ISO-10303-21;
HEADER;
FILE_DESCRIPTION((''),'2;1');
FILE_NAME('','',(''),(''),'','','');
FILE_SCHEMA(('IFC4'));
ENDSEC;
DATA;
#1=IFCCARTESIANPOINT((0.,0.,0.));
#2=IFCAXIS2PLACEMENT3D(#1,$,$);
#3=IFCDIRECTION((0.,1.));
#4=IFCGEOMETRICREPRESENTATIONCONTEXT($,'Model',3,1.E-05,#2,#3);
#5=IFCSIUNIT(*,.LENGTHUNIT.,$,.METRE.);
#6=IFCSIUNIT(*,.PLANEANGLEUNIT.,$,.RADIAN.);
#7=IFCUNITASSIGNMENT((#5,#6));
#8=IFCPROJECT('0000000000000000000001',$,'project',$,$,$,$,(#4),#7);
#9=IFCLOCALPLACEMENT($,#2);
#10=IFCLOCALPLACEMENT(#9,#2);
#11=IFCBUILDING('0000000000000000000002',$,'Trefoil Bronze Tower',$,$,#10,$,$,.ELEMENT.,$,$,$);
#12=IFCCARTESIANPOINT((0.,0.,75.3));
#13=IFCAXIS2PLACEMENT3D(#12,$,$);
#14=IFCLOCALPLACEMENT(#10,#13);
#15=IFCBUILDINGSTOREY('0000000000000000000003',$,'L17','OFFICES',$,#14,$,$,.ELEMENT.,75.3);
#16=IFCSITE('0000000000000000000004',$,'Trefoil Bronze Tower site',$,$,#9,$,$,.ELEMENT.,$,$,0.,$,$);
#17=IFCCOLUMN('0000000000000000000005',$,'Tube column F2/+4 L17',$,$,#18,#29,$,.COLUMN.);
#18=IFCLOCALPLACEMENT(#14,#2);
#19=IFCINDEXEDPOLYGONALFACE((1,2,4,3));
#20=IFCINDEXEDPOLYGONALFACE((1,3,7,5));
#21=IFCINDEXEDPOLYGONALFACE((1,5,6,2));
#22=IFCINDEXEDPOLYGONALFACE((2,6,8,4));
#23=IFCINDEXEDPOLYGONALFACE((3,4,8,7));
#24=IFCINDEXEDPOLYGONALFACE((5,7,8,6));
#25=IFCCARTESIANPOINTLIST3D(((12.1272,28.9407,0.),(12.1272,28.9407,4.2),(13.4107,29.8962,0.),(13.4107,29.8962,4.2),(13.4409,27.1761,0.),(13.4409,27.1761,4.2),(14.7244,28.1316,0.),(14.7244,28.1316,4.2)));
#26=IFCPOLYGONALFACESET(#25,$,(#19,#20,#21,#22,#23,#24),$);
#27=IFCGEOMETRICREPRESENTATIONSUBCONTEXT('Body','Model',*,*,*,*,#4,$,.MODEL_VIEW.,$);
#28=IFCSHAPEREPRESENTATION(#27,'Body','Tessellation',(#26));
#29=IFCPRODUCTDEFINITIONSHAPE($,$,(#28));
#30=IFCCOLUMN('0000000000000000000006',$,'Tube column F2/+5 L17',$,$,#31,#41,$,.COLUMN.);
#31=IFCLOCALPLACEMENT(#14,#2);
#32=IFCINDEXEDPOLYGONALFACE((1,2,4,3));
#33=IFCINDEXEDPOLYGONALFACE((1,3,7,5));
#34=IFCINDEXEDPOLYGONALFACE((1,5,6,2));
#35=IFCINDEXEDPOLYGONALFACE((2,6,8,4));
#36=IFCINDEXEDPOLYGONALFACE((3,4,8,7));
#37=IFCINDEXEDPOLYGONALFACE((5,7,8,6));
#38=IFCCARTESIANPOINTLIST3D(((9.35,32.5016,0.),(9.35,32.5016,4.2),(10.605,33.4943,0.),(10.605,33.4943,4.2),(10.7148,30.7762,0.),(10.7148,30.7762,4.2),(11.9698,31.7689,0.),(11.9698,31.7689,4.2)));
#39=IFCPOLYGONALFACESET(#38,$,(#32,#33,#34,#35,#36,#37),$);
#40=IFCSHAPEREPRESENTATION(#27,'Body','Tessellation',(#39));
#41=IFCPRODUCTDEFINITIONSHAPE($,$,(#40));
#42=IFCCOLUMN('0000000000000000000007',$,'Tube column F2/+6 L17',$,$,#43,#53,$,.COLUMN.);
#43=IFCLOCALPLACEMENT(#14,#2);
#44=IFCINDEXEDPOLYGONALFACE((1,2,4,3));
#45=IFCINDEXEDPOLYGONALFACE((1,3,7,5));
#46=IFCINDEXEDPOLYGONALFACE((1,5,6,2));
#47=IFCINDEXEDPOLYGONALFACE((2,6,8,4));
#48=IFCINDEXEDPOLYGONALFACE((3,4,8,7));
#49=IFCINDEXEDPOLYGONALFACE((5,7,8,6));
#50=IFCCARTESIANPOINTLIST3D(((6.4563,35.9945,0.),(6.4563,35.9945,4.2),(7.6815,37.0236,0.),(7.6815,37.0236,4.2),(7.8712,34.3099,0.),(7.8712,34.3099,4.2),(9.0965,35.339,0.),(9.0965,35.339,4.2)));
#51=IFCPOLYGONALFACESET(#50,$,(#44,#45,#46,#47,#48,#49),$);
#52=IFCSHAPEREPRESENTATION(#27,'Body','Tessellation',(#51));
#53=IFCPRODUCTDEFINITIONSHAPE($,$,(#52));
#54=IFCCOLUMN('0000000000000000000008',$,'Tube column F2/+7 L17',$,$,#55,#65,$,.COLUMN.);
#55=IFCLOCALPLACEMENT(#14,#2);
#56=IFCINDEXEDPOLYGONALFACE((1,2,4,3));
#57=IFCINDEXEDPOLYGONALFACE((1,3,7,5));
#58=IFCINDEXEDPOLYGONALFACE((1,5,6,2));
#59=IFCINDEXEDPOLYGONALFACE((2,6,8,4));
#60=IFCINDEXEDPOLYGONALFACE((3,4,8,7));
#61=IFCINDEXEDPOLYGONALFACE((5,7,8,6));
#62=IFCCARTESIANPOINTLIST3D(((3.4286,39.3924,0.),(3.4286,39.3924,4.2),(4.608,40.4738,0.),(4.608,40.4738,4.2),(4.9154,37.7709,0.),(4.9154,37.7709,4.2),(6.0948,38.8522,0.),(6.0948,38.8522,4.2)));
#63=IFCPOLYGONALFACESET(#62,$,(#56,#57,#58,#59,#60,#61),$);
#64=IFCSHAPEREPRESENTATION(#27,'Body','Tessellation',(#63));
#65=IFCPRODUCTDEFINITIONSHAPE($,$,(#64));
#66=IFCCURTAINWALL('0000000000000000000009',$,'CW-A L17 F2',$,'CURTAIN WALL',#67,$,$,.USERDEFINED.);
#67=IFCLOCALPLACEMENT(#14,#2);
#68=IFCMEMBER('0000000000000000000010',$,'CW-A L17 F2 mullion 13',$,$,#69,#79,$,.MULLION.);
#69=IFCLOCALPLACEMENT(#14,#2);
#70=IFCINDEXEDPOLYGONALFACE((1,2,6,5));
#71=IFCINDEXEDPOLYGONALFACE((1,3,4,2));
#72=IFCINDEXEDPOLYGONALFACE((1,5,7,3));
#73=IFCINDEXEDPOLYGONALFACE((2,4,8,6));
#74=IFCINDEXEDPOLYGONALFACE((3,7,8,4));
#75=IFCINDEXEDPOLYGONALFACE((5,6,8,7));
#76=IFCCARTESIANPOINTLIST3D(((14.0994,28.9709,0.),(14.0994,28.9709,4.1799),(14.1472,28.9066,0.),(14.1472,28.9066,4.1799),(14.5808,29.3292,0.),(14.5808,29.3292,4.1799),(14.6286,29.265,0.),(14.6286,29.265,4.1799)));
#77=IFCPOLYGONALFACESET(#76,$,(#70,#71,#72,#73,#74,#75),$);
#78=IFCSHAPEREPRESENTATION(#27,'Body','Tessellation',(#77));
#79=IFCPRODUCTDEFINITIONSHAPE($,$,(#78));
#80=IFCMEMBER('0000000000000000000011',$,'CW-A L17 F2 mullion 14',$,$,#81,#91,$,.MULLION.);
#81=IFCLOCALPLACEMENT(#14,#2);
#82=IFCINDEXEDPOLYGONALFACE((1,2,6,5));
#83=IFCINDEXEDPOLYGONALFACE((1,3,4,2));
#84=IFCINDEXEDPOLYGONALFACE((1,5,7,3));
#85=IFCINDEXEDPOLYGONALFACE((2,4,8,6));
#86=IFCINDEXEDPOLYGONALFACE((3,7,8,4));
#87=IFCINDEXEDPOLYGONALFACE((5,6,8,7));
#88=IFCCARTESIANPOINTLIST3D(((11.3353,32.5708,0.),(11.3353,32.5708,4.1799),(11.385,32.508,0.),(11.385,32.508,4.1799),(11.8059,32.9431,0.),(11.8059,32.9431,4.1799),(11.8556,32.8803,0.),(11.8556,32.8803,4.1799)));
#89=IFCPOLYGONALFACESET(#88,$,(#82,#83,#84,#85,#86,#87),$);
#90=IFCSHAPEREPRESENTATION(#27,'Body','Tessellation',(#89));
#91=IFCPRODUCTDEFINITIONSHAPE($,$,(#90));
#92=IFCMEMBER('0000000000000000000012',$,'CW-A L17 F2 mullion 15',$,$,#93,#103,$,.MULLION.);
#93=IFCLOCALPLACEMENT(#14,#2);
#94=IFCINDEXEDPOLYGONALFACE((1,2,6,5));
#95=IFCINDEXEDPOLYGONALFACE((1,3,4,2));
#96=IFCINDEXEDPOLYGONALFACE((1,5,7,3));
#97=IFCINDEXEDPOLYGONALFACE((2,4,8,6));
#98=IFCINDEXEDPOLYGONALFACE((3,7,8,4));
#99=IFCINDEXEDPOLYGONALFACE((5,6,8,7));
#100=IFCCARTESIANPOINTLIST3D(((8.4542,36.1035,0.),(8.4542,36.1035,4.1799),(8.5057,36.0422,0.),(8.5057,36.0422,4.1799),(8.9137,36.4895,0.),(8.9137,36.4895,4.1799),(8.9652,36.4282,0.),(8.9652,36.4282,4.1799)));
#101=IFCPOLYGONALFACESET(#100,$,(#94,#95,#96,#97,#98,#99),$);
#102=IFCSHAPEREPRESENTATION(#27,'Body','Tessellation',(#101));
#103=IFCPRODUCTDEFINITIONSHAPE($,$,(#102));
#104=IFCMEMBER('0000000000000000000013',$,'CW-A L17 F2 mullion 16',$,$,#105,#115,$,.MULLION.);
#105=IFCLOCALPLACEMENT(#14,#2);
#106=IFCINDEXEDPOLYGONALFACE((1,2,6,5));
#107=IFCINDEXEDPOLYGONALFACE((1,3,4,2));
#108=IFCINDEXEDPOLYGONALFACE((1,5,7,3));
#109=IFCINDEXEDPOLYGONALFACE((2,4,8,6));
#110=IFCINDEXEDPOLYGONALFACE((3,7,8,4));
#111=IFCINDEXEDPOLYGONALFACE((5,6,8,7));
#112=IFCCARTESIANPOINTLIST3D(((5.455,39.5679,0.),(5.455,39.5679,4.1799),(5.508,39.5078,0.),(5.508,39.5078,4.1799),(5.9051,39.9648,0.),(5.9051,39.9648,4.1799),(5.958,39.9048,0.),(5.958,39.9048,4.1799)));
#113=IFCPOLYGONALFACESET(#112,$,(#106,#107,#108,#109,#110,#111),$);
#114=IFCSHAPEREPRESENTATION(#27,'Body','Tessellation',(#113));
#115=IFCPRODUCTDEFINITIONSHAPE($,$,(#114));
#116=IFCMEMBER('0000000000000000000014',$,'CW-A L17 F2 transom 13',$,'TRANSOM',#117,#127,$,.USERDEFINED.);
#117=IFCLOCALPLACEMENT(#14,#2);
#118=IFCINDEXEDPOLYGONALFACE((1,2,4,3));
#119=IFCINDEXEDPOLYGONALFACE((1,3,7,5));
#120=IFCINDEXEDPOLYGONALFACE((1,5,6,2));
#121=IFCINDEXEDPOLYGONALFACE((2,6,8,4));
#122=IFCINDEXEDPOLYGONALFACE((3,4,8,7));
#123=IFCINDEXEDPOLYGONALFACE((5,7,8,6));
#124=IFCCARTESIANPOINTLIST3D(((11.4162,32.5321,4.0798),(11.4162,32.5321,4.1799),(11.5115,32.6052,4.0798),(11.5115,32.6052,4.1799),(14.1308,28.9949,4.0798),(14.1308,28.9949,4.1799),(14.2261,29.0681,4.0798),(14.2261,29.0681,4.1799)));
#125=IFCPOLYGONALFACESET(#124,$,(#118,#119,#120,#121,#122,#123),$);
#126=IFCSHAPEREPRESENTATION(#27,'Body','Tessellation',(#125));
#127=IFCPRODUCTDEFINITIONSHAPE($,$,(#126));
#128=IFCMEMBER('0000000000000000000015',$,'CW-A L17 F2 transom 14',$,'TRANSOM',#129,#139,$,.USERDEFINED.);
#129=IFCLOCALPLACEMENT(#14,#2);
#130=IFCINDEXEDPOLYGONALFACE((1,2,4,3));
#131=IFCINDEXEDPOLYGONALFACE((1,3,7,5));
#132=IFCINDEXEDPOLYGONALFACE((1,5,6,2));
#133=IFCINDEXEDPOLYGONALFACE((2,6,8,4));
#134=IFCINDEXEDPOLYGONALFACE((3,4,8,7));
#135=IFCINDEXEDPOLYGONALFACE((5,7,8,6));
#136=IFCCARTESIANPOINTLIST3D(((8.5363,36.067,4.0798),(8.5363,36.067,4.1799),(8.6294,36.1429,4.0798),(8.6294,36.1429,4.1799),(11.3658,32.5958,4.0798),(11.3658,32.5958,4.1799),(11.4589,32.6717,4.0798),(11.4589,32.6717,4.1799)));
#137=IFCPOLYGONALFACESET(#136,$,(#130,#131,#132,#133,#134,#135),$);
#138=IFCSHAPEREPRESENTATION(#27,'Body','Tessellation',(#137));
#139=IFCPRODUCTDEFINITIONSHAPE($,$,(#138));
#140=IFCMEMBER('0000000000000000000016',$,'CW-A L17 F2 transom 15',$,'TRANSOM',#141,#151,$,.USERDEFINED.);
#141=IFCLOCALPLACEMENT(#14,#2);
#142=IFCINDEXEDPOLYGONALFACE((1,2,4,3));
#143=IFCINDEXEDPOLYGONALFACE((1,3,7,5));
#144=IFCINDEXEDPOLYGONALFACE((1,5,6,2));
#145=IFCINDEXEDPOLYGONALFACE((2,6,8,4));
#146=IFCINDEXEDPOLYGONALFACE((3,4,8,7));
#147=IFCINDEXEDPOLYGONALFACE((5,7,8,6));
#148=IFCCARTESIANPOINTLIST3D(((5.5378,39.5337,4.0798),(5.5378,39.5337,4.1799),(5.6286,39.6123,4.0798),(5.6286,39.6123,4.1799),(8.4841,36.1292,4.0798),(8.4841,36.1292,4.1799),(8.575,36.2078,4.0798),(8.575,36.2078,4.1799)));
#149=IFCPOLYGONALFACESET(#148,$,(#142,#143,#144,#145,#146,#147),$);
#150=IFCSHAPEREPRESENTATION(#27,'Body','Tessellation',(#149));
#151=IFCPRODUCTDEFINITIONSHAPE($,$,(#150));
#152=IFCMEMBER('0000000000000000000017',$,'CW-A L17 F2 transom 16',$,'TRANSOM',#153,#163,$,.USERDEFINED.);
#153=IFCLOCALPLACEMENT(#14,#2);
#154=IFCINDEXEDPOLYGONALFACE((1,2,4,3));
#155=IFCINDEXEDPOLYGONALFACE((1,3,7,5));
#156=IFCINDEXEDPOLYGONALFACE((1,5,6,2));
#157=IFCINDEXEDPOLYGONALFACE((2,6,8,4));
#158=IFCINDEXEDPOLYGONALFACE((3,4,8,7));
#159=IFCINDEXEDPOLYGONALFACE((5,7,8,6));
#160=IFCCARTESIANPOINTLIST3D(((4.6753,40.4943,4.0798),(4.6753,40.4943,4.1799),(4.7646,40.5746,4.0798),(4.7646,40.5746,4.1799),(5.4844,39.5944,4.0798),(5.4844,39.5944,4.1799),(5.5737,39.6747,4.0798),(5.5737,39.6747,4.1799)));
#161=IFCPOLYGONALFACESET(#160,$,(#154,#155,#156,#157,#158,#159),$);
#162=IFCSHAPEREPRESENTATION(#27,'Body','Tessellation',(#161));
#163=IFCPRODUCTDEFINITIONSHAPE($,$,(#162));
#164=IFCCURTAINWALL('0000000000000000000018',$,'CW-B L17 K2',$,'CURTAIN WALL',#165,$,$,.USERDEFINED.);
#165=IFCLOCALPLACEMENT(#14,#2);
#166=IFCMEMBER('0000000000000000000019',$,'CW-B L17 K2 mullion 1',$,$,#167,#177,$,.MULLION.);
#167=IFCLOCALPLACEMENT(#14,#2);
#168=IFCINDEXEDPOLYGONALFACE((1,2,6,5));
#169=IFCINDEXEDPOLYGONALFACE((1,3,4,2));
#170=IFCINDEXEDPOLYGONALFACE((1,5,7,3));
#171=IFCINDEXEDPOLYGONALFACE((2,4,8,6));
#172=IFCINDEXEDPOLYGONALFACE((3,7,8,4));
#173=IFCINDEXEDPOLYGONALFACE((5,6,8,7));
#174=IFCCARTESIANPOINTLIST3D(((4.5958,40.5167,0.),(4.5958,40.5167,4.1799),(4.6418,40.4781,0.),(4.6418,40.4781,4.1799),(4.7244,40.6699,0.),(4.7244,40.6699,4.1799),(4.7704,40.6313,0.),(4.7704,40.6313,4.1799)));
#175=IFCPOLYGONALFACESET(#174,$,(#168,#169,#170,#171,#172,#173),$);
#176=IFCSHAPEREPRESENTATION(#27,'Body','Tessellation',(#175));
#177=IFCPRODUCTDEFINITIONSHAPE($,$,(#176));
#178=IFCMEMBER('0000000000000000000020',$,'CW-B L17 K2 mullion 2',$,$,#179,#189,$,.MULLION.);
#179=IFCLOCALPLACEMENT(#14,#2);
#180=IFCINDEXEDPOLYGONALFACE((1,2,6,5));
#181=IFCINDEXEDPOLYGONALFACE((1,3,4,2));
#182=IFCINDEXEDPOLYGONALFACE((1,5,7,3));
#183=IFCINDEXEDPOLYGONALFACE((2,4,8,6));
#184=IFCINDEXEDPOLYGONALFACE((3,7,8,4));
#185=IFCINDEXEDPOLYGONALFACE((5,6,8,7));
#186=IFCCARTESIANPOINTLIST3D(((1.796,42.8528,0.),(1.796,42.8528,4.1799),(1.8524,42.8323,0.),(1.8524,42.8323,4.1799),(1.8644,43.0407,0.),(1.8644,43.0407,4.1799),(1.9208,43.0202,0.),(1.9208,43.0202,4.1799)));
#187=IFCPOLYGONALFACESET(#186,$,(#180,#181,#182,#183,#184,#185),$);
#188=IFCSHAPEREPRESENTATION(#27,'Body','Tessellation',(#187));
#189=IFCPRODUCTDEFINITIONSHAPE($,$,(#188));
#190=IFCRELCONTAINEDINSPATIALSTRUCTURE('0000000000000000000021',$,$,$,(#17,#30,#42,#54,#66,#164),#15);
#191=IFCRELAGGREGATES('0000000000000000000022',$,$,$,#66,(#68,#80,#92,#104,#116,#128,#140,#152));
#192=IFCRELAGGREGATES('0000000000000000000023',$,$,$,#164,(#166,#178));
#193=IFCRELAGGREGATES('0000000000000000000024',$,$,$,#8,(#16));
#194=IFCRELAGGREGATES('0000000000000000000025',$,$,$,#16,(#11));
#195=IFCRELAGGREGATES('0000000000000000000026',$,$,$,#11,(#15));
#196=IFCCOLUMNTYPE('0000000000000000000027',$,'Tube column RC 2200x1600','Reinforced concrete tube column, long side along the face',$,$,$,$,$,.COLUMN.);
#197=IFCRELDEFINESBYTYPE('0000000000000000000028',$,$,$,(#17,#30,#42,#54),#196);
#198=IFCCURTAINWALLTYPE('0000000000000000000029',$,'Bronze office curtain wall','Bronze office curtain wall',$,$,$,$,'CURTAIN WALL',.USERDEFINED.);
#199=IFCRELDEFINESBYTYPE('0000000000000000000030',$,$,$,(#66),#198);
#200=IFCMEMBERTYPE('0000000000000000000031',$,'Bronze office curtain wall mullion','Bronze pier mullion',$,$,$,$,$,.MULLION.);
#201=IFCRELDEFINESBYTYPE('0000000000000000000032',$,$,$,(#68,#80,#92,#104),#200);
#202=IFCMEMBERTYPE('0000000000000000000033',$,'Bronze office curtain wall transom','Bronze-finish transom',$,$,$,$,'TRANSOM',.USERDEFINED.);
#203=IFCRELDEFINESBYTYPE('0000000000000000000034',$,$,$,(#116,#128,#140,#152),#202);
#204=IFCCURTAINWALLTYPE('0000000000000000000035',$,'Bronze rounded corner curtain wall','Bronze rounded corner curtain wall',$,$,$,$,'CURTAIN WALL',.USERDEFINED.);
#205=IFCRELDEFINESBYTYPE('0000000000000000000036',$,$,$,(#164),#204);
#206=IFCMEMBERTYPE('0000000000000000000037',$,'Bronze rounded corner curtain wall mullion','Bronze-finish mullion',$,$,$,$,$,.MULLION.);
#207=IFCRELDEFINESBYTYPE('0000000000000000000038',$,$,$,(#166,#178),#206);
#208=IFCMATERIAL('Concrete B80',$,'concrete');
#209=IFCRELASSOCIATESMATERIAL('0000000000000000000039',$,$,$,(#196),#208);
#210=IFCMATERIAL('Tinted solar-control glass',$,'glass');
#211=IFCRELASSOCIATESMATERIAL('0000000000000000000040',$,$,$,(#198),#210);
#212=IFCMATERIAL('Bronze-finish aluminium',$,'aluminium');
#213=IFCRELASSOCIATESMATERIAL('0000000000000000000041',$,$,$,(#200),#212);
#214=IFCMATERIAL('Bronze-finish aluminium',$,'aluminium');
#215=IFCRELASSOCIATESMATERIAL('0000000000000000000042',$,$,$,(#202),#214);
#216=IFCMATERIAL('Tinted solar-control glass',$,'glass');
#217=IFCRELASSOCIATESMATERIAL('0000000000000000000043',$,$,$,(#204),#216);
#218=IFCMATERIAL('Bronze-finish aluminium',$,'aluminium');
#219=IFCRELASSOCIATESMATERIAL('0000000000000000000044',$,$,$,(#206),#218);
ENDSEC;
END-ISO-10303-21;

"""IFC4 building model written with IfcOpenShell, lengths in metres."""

from ifc_helpers import new_model, si_unit, direction, frame, origin, origin_2d, place, context, subcontext, project, spatial, rectangle, extrude, material, material_profile, profile_set, type_object, element, aggregate, save


model = new_model("IFC4")

# Units and contexts
model_context = context("Model", 3, precision=1e-05, world=origin(), true_north=direction((0.0, 1.0)))
body_context = subcontext(model_context, "Body", "Model", "MODEL_VIEW")
ifc_project = project(units=[si_unit("LENGTHUNIT", "METRE"), si_unit("PLANEANGLEUNIT", "RADIAN")], contexts=[model_context])

# Site, building, storey
site_placement = place(None, origin())
site = spatial("IfcSite", under=ifc_project, at=site_placement, Name="Trefoil Bronze Tower site", CompositionType="ELEMENT", RefElevation=0.0)
building_placement = place(site_placement, origin())
building = spatial("IfcBuilding", under=site, at=building_placement, Name="Trefoil Bronze Tower", CompositionType="ELEMENT")
storey_placement = place(building_placement, frame((0.0, 0.0, 75.3)))
storey = spatial("IfcBuildingStorey", under=building, at=storey_placement, Name="L17", Description="OFFICES", CompositionType="ELEMENT", Elevation=75.3)

# Columns
ifc_material_1 = material(Name="Concrete B80", Category="concrete")
ifc_material_profile_1 = material_profile(ifc_material_1, rectangle(XDim=2.2, YDim=1.6001, at=origin_2d()), Name="RC 2200x1600")
ifc_profile_set_1 = profile_set([ifc_material_profile_1], Name="Concrete B80")
column_type = type_object("IfcColumnType", Name="Tube column RC 2200x1600", Description="Reinforced concrete tube column, long side along the face", PredefinedType="COLUMN", material=ifc_profile_set_1)
for number, where, z_axis, x_axis, name in (
    (1, (13.4258, 28.5361, 0.0), (0.0, 0.0, 1.0), (-0.597154, 0.802127, 0.0), "Tube column F2/+4 L17"),
    (2, (10.6599, 32.1353, 0.0), (0.0, 0.0, 1.0), (-0.620376, 0.784305, 0.0), "Tube column F2/+5 L17"),
    (3, (7.7764, 35.6667, 0.0), (0.0, 0.0, 1.0), (-0.643163, 0.765729, 0.0), "Tube column F2/+6 L17"),
    (4, (4.7617, 39.1223, 0.0), (0.0, 0.0, 1.0), (-0.675816, 0.73707, 0.0), "Tube column F2/+7 L17"),
):
    element("IfcColumn", number, at=place(storey_placement, frame(where, z_axis=z_axis, x_axis=x_axis)), inside=storey, type_object=column_type, Name=name, PredefinedType="COLUMN", context=body_context, shape_type="SweptSolid", body=[
        extrude(rectangle(XDim=2.2, YDim=1.6001, at=origin_2d()), origin(), (0.0, 0.0, 1.0), 4.2),
    ])

# Curtain walls, members
ifc_material_2 = material(Name="Tinted solar-control glass", Category="glass")
curtain_wall_type_1 = type_object("IfcCurtainWallType", Name="Bronze office curtain wall", Description="Bronze office curtain wall", ElementType="CURTAIN WALL", PredefinedType="USERDEFINED", material=ifc_material_2)
curtain_wall_1_placement = place(storey_placement, origin())
curtain_wall_1 = element("IfcCurtainWall", 5, at=curtain_wall_1_placement, inside=storey, type_object=curtain_wall_type_1, Name="CW-A L17 F2", ObjectType="CURTAIN WALL", PredefinedType="USERDEFINED")
ifc_material_3 = material(Name="Bronze-finish aluminium", Category="aluminium")
ifc_material_profile_2 = material_profile(ifc_material_3, rectangle(XDim=0.6001, YDim=0.0801, at=origin_2d()), Name="CW-A mullion")
ifc_profile_set_2 = profile_set([ifc_material_profile_2], Name="Bronze-finish aluminium")
member_type_1 = type_object("IfcMemberType", Name="Bronze office curtain wall mullion", Description="Bronze pier mullion", PredefinedType="MULLION", material=ifc_profile_set_2)
member_1_placement = place(storey_placement, frame((14.364, 29.1179, 0.0), z_axis=(0.0, 0.0, 1.0), x_axis=(-0.802127, -0.597154, 0.0)))
member_1 = element("IfcMember", 6, at=member_1_placement, type_object=member_type_1, Name="CW-A L17 F2 mullion 13", PredefinedType="MULLION", context=body_context, shape_type="SweptSolid", body=[
    extrude(rectangle(XDim=0.6001, YDim=0.0801, at=origin_2d()), origin(), (0.0, 0.0, 1.0), 4.1799),
])
member_2_placement = place(storey_placement, frame((11.5955, 32.7256, 0.0), z_axis=(0.0, 0.0, 1.0), x_axis=(-0.784305, -0.620376, 0.0)))
member_2 = element("IfcMember", 7, at=member_2_placement, type_object=member_type_1, Name="CW-A L17 F2 mullion 14", PredefinedType="MULLION", context=body_context, shape_type="SweptSolid", body=[
    extrude(rectangle(XDim=0.6001, YDim=0.0801, at=origin_2d()), origin(), (0.0, 0.0, 1.0), 4.1799),
])
member_3_placement = place(storey_placement, frame((8.7097, 36.2659, 0.0), z_axis=(0.0, 0.0, 1.0), x_axis=(-0.765729, -0.643163, 0.0)))
member_3 = element("IfcMember", 8, at=member_3_placement, type_object=member_type_1, Name="CW-A L17 F2 mullion 15", PredefinedType="MULLION", context=body_context, shape_type="SweptSolid", body=[
    extrude(rectangle(XDim=0.6001, YDim=0.0801, at=origin_2d()), origin(), (0.0, 0.0, 1.0), 4.1799),
])
member_4_placement = place(storey_placement, frame((5.7065, 39.7363, 0.0), z_axis=(0.0, 0.0, 1.0), x_axis=(-0.749941, -0.661505, 0.0)))
member_4 = element("IfcMember", 9, at=member_4_placement, type_object=member_type_1, Name="CW-A L17 F2 mullion 16", PredefinedType="MULLION", context=body_context, shape_type="SweptSolid", body=[
    extrude(rectangle(XDim=0.6001, YDim=0.0801, at=origin_2d()), origin(), (0.0, 0.0, 1.0), 4.1799),
])
ifc_material_4 = material(Name="Bronze-finish aluminium", Category="aluminium")
ifc_material_profile_3 = material_profile(ifc_material_4, rectangle(XDim=0.1201, YDim=0.1001, at=origin_2d()), Name="CW-A transom")
ifc_profile_set_3 = profile_set([ifc_material_profile_3], Name="Bronze-finish aluminium")
member_type_2 = type_object("IfcMemberType", Name="Bronze office curtain wall transom", Description="Bronze-finish transom", ElementType="TRANSOM", PredefinedType="USERDEFINED", material=ifc_profile_set_3)
member_5_placement = place(storey_placement, frame((14.1785, 29.0315, 4.1299), z_axis=(-0.608829, 0.793301, 0.0), x_axis=(-0.793301, -0.608829, 0.0)))
member_5 = element("IfcMember", 10, at=member_5_placement, type_object=member_type_2, Name="CW-A L17 F2 transom 13", ObjectType="TRANSOM", PredefinedType="USERDEFINED", context=body_context, shape_type="SweptSolid", body=[
    extrude(rectangle(XDim=0.1201, YDim=0.1001, at=origin_2d()), origin(), (0.0, 0.0, 1.0), 4.4587),
])
member_6_placement = place(storey_placement, frame((11.4124, 32.6338, 4.1299), z_axis=(-0.631836, 0.775102, 0.0), x_axis=(-0.775102, -0.631836, 0.0)))
member_6 = element("IfcMember", 11, at=member_6_placement, type_object=member_type_2, Name="CW-A L17 F2 transom 14", ObjectType="TRANSOM", PredefinedType="USERDEFINED", context=body_context, shape_type="SweptSolid", body=[
    extrude(rectangle(XDim=0.1201, YDim=0.1001, at=origin_2d()), origin(), (0.0, 0.0, 1.0), 4.4783),
])
member_7_placement = place(storey_placement, frame((8.5295, 36.1685, 4.1299), z_axis=(-0.654383, 0.756163, 0.0), x_axis=(-0.756163, -0.654383, 0.0)))
member_7 = element("IfcMember", 12, at=member_7_placement, type_object=member_type_2, Name="CW-A L17 F2 transom 15", ObjectType="TRANSOM", PredefinedType="USERDEFINED", context=body_context, shape_type="SweptSolid", body=[
    extrude(rectangle(XDim=0.1201, YDim=0.1001, at=origin_2d()), origin(), (0.0, 0.0, 1.0), 4.5024),
])
member_8_placement = place(storey_placement, frame((5.5291, 39.6345, 4.1299), z_axis=(-0.668586, 0.743635, 0.0), x_axis=(-0.743635, -0.668586, 0.0)))
member_8 = element("IfcMember", 13, at=member_8_placement, type_object=member_type_2, Name="CW-A L17 F2 transom 16", ObjectType="TRANSOM", PredefinedType="USERDEFINED", context=body_context, shape_type="SweptSolid", body=[
    extrude(rectangle(XDim=0.1201, YDim=0.1001, at=origin_2d()), origin(), (0.0, 0.0, 1.0), 1.2102),
])
ifc_material_5 = material(Name="Tinted solar-control glass", Category="glass")
curtain_wall_type_2 = type_object("IfcCurtainWallType", Name="Bronze rounded corner curtain wall", Description="Bronze rounded corner curtain wall", ElementType="CURTAIN WALL", PredefinedType="USERDEFINED", material=ifc_material_5)
curtain_wall_2_placement = place(storey_placement, origin())
curtain_wall_2 = element("IfcCurtainWall", 14, at=curtain_wall_2_placement, inside=storey, type_object=curtain_wall_type_2, Name="CW-B L17 K2", ObjectType="CURTAIN WALL", PredefinedType="USERDEFINED")
ifc_material_6 = material(Name="Bronze-finish aluminium", Category="aluminium")
ifc_material_profile_4 = material_profile(ifc_material_6, rectangle(XDim=0.2, YDim=0.0601, at=origin_2d()), Name="CW-B mullion")
ifc_profile_set_4 = profile_set([ifc_material_profile_4], Name="Bronze-finish aluminium")
member_type_3 = type_object("IfcMemberType", Name="Bronze rounded corner curtain wall mullion", Description="Bronze-finish mullion", PredefinedType="MULLION", material=ifc_profile_set_4)
member_9_placement = place(storey_placement, frame((4.6831, 40.574, 0.0), z_axis=(0.0, 0.0, 1.0), x_axis=(-0.642788, -0.766044, 0.0)))
member_9 = element("IfcMember", 15, at=member_9_placement, type_object=member_type_3, Name="CW-B L17 K2 mullion 1", PredefinedType="MULLION", context=body_context, shape_type="SweptSolid", body=[
    extrude(rectangle(XDim=0.2, YDim=0.0601, at=origin_2d()), origin(), (0.0, 0.0, 1.0), 4.1799),
])
member_10_placement = place(storey_placement, frame((1.8584, 42.9365, 0.0), z_axis=(0.0, 0.0, 1.0), x_axis=(-0.34202, -0.939693, 0.0)))
member_10 = element("IfcMember", 16, at=member_10_placement, type_object=member_type_3, Name="CW-B L17 K2 mullion 2", PredefinedType="MULLION", context=body_context, shape_type="SweptSolid", body=[
    extrude(rectangle(XDim=0.2, YDim=0.0601, at=origin_2d()), origin(), (0.0, 0.0, 1.0), 4.1799),
])

aggregate(curtain_wall_1, [member_1, member_2, member_3, member_4, member_5, member_6, member_7, member_8])
aggregate(curtain_wall_2, [member_9, member_10])

save(model, "model.ifc")
